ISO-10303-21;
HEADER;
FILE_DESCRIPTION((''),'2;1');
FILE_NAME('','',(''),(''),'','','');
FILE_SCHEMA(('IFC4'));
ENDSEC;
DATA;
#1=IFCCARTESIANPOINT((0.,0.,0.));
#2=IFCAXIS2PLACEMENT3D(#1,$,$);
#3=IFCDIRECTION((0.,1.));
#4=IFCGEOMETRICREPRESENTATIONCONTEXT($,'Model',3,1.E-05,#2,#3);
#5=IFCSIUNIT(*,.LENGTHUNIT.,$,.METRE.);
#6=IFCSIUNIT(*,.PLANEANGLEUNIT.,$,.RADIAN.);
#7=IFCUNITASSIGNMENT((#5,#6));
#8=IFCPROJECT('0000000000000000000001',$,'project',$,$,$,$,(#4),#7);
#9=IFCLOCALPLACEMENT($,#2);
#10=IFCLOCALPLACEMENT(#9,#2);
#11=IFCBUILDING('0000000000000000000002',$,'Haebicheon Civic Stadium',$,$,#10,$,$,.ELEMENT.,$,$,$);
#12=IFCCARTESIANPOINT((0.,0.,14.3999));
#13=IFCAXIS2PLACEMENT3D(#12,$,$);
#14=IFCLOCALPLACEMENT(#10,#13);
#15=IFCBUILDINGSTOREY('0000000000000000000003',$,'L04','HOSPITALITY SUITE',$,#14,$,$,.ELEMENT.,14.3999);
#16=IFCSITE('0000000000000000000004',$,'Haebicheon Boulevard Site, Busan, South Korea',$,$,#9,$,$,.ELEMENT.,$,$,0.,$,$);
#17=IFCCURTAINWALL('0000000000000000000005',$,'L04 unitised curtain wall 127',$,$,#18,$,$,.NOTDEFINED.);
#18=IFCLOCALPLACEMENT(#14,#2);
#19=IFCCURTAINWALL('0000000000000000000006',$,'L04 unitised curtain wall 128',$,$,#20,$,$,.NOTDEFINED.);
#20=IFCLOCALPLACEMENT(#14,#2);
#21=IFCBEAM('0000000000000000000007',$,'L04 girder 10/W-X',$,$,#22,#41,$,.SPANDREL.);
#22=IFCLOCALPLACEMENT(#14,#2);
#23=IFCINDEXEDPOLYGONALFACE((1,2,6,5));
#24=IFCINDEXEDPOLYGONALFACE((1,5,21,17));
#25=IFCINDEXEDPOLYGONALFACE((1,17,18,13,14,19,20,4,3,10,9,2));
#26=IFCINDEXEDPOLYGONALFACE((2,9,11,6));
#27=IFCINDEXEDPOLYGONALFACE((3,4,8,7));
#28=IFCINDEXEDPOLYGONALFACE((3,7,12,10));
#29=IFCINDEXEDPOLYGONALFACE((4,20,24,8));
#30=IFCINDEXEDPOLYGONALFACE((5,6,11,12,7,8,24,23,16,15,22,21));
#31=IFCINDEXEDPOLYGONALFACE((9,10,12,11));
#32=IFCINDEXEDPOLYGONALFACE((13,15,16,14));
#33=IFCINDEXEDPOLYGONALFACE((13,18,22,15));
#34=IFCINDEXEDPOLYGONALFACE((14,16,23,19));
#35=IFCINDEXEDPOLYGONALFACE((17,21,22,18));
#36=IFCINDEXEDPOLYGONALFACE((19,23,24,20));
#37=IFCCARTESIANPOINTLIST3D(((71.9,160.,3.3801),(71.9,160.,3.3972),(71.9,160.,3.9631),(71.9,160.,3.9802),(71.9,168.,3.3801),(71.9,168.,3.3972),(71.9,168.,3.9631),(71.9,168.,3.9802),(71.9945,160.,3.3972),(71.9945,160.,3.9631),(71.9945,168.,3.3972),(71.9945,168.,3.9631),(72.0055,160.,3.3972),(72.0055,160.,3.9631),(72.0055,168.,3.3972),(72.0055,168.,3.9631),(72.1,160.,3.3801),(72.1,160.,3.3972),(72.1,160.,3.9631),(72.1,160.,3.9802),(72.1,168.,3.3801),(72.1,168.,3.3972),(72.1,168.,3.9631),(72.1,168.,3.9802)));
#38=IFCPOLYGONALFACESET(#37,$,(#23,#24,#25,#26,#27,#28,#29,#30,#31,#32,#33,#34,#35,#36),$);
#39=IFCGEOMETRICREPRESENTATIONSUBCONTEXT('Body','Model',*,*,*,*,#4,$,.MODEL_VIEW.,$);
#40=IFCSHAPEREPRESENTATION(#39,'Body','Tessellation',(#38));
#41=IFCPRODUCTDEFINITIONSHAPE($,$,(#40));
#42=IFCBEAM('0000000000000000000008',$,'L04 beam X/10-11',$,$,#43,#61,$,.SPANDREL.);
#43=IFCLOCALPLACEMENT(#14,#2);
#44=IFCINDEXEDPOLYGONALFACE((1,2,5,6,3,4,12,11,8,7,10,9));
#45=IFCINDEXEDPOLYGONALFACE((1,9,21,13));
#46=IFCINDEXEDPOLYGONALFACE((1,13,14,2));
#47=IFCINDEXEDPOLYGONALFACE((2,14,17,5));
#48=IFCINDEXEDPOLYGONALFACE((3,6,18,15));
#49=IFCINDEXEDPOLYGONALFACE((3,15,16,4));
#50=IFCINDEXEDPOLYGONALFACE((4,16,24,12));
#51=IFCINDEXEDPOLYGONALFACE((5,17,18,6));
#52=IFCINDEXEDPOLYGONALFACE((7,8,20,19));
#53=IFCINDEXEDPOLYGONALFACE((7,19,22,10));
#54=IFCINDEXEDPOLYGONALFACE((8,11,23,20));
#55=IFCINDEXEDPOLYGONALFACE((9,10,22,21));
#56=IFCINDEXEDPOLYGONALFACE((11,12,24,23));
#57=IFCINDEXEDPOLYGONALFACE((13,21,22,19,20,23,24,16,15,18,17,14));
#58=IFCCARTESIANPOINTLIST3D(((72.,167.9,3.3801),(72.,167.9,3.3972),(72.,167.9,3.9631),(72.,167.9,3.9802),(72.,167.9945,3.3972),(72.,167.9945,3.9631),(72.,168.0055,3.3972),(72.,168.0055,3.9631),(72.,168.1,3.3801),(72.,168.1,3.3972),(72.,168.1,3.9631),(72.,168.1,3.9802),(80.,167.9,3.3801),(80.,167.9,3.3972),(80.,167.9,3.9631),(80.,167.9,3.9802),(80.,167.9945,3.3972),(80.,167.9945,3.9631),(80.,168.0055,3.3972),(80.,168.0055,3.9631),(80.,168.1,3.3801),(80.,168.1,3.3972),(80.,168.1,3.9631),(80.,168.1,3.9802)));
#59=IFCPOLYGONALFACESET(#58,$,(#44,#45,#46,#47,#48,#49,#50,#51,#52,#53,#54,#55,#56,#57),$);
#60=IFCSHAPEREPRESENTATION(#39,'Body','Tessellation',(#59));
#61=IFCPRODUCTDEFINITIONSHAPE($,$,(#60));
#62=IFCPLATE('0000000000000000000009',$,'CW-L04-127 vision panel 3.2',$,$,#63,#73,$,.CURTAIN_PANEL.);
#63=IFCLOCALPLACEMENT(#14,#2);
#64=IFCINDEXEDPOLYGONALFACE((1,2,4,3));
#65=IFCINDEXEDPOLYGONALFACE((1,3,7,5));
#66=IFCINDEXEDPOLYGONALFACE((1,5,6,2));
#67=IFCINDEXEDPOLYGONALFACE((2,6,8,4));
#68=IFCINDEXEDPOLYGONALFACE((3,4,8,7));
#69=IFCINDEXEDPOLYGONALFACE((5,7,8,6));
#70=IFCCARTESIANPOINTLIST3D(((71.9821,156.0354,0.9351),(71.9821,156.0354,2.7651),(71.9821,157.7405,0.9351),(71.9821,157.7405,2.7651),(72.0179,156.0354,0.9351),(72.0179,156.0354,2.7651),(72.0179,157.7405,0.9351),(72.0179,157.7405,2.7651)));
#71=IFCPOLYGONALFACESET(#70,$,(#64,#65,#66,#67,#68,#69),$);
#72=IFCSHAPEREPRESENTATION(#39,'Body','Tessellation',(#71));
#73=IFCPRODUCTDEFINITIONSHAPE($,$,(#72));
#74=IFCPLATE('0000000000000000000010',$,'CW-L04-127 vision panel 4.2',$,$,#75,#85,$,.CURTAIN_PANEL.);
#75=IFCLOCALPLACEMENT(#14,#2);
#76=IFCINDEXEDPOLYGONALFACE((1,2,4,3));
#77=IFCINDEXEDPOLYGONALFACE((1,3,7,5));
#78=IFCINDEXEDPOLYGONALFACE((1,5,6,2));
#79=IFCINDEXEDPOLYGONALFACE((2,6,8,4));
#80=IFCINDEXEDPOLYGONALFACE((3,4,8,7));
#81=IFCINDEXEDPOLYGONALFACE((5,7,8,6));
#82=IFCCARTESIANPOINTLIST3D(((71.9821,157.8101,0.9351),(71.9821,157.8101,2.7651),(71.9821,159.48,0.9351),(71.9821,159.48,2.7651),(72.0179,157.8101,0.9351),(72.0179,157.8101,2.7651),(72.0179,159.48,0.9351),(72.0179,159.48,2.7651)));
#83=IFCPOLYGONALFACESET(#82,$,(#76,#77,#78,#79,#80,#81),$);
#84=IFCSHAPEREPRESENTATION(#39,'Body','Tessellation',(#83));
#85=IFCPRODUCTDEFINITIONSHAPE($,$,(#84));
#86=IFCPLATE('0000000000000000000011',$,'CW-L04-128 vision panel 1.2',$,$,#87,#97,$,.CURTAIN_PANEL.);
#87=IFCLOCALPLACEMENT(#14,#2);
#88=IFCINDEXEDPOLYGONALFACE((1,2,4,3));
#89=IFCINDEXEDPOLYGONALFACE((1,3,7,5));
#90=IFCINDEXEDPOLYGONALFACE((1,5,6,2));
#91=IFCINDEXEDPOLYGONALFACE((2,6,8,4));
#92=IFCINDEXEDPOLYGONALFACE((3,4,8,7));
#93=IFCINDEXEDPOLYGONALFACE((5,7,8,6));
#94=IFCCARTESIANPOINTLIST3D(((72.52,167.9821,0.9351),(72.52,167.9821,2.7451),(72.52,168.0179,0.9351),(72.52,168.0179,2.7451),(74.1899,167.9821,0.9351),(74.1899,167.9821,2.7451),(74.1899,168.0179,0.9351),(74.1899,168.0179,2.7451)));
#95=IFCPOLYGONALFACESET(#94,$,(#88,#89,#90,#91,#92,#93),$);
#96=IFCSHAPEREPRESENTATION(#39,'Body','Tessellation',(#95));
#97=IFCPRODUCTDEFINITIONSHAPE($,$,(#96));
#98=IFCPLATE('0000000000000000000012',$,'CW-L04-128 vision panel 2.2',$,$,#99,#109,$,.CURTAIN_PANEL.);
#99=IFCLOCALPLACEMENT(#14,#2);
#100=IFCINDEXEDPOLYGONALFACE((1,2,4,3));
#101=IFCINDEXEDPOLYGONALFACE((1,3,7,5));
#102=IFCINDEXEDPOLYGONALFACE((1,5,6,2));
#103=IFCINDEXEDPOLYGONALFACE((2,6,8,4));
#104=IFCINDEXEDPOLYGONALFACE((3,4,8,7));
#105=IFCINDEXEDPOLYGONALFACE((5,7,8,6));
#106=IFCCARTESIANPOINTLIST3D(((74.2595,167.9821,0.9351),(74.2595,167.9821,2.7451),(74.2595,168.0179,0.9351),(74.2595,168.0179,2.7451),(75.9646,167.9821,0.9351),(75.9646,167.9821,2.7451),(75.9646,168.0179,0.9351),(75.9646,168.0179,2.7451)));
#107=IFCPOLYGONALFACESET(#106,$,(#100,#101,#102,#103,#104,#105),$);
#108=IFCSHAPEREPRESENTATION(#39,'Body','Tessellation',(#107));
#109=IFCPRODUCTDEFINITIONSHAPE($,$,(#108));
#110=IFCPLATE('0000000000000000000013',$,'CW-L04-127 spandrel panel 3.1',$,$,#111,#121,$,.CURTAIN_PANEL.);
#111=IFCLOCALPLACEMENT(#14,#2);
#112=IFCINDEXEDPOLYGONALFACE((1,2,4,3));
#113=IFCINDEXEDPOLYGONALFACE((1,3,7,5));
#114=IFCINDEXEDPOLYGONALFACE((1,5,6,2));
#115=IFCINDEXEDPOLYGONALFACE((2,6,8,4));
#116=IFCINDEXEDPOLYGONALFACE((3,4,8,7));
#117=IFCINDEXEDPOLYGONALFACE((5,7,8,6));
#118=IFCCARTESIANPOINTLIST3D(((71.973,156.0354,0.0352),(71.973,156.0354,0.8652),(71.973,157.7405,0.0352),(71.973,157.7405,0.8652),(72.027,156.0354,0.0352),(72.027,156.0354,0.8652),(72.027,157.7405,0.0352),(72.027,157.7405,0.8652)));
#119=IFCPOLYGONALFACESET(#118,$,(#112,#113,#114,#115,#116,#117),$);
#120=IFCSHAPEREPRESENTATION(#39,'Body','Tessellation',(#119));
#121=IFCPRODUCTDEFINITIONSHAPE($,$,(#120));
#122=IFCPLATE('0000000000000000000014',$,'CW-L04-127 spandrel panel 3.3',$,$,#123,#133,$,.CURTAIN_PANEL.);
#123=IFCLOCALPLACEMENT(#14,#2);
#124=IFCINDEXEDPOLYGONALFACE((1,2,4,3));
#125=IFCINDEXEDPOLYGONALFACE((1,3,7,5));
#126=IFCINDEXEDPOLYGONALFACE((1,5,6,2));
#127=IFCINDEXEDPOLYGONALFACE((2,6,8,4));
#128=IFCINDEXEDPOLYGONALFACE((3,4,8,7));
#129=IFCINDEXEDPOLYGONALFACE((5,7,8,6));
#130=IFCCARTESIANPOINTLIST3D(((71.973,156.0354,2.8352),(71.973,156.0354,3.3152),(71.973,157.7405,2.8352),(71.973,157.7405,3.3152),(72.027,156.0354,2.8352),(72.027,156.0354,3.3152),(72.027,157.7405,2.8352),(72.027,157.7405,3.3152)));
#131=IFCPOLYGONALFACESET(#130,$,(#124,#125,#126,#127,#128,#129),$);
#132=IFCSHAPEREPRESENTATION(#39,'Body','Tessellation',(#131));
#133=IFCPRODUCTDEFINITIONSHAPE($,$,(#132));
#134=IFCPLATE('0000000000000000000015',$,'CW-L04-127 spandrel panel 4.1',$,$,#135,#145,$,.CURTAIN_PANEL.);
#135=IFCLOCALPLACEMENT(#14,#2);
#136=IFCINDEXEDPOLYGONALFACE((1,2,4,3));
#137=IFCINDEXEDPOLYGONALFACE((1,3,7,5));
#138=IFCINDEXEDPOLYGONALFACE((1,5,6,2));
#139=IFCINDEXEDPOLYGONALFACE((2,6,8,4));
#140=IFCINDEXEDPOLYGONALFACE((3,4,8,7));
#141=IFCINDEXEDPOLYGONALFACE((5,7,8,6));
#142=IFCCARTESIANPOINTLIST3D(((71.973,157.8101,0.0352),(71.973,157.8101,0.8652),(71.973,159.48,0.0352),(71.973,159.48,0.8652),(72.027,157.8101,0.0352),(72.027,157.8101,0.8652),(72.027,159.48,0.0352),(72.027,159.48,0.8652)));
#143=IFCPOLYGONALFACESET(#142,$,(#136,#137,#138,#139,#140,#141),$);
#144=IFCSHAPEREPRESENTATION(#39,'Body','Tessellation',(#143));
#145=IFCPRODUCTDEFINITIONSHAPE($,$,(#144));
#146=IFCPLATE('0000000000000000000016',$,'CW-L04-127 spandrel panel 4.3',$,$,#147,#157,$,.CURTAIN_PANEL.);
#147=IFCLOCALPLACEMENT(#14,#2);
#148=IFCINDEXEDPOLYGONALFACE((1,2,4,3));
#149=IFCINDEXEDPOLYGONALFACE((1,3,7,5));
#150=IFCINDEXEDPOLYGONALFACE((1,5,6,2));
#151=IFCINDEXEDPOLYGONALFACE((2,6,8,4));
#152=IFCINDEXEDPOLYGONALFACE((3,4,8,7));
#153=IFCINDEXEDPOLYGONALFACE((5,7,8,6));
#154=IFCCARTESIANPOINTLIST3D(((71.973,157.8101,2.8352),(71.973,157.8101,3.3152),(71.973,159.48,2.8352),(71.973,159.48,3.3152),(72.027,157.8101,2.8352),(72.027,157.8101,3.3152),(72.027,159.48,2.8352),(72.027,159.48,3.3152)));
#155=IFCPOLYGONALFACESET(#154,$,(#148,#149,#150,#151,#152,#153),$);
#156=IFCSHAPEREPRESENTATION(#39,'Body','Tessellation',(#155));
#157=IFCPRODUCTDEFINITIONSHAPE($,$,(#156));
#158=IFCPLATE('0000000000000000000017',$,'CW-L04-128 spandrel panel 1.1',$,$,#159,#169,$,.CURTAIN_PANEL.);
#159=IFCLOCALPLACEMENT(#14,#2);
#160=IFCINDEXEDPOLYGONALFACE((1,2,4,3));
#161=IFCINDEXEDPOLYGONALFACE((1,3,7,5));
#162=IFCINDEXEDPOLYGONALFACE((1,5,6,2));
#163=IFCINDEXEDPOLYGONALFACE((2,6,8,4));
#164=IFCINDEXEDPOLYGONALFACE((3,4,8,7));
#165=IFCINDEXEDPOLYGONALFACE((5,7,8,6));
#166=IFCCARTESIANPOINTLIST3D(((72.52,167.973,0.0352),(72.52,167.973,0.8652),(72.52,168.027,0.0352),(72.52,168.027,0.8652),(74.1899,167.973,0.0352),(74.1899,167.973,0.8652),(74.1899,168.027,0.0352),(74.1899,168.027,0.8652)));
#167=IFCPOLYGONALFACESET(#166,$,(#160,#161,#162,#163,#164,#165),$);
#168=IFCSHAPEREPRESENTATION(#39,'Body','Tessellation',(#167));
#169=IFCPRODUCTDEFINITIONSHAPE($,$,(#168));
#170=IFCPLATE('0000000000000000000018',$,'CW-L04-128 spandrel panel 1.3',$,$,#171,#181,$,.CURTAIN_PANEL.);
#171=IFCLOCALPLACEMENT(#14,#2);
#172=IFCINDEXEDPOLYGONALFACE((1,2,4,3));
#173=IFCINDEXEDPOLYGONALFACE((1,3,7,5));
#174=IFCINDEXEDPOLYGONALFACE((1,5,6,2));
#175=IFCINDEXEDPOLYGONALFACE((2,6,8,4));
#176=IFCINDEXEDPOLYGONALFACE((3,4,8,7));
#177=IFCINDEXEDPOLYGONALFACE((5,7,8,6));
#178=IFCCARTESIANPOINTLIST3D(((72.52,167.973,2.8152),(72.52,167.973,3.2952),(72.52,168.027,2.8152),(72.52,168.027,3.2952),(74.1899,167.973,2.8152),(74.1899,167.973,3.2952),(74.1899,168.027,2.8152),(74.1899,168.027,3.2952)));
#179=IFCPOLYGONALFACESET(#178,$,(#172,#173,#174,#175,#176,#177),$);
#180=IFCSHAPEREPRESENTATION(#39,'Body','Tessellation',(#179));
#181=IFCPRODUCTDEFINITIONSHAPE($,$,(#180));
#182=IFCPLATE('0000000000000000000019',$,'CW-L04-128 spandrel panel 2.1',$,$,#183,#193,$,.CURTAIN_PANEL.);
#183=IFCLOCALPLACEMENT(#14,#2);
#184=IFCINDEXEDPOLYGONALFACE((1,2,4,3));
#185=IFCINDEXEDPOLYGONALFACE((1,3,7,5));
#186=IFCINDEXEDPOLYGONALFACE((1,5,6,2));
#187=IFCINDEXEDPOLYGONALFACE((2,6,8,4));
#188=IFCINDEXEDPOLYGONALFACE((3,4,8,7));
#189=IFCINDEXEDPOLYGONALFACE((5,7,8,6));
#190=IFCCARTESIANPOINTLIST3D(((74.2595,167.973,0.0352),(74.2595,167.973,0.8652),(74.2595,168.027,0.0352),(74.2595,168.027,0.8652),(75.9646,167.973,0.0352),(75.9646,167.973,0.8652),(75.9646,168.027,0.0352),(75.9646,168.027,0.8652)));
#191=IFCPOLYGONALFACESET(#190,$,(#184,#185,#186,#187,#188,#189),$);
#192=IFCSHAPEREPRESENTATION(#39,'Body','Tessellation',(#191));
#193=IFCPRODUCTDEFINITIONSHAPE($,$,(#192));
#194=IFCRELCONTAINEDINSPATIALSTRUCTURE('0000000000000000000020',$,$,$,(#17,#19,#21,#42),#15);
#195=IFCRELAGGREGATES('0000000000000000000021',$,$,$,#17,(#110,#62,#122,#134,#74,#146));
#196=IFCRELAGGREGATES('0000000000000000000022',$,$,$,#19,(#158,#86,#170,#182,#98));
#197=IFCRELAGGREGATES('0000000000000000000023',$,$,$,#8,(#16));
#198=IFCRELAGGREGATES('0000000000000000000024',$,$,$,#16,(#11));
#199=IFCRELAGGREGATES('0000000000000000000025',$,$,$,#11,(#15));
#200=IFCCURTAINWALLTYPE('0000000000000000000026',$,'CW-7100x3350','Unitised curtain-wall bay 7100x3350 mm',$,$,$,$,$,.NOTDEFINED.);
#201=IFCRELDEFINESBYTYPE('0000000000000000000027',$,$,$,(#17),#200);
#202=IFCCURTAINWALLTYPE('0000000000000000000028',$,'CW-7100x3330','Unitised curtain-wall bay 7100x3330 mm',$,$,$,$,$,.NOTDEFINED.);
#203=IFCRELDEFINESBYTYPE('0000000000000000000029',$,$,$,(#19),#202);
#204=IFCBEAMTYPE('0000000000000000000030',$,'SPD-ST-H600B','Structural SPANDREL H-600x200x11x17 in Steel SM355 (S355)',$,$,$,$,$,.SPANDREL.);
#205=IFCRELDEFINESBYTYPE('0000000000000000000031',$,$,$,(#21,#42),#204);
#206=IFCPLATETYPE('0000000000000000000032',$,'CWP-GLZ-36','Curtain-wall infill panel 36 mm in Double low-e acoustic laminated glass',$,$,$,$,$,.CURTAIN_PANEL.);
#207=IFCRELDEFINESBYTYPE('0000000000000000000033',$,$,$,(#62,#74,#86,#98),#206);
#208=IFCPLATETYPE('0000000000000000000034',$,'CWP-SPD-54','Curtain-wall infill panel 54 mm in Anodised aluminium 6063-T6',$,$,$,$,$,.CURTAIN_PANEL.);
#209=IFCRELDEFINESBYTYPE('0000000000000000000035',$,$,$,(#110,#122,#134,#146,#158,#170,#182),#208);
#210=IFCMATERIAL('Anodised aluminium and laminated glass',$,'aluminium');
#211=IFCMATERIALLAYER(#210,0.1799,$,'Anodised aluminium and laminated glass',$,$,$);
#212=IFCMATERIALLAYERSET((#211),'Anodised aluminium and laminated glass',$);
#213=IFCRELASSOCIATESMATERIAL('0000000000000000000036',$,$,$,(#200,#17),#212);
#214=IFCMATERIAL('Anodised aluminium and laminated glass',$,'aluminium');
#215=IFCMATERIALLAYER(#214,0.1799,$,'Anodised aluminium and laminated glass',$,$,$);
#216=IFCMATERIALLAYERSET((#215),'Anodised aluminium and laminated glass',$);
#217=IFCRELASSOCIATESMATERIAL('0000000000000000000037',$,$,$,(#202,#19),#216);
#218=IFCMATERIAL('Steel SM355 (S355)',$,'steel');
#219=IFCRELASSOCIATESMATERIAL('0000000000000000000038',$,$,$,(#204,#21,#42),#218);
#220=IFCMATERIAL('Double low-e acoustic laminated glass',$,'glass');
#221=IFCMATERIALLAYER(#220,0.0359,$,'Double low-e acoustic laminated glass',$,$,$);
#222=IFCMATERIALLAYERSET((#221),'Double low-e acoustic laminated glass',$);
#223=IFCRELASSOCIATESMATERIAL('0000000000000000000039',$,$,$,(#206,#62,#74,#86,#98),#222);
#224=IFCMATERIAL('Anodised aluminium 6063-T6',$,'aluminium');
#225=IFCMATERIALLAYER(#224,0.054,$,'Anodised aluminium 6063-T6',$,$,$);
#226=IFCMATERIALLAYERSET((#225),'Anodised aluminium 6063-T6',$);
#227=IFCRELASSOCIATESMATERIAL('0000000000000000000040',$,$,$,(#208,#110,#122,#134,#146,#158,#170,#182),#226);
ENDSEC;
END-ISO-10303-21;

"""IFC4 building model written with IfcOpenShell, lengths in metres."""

from ifc_helpers import new_model, si_unit, direction, frame, origin, origin_2d, place, context, subcontext, project, spatial, rectangle, i_section, extrude, material, layer, layer_set, material_profile, profile_set, type_object, element, aggregate, save


model = new_model("IFC4")

# Units and contexts
model_context = context("Model", 3, precision=1e-05, world=origin(), true_north=direction((0.0, 1.0)))
body_context = subcontext(model_context, "Body", "Model", "MODEL_VIEW")
ifc_project = project(units=[si_unit("LENGTHUNIT", "METRE"), si_unit("PLANEANGLEUNIT", "RADIAN")], contexts=[model_context])

# Site, building, storey
site_placement = place(None, origin())
site = spatial("IfcSite", under=ifc_project, at=site_placement, Name="Haebicheon Boulevard Site, Busan, South Korea", CompositionType="ELEMENT", RefElevation=0.0)
building_placement = place(site_placement, origin())
building = spatial("IfcBuilding", under=site, at=building_placement, Name="Haebicheon Civic Stadium", CompositionType="ELEMENT")
storey_placement = place(building_placement, frame((0.0, 0.0, 14.3999)))
storey = spatial("IfcBuildingStorey", under=building, at=storey_placement, Name="L04", Description="HOSPITALITY SUITE", CompositionType="ELEMENT", Elevation=14.3999)

# Curtain walls
ifc_material_1 = material(Name="Anodised aluminium and laminated glass", Category="aluminium")
ifc_layer_1 = layer(ifc_material_1, 0.1799, Name="Anodised aluminium and laminated glass")
ifc_layer_set_1 = layer_set([ifc_layer_1], Name="Anodised aluminium and laminated glass")
curtain_wall_type_1 = type_object("IfcCurtainWallType", Name="CW-7100x3350", Description="Unitised curtain-wall bay 7100x3350 mm", PredefinedType="NOTDEFINED", material=ifc_layer_set_1)
curtain_wall_1_placement = place(storey_placement, origin())
curtain_wall_1 = element("IfcCurtainWall", 1, at=curtain_wall_1_placement, inside=storey, type_object=curtain_wall_type_1, material=ifc_layer_set_1, Name="L04 unitised curtain wall 127", PredefinedType="NOTDEFINED")
ifc_material_2 = material(Name="Anodised aluminium and laminated glass", Category="aluminium")
ifc_layer_2 = layer(ifc_material_2, 0.1799, Name="Anodised aluminium and laminated glass")
ifc_layer_set_2 = layer_set([ifc_layer_2], Name="Anodised aluminium and laminated glass")
curtain_wall_type_2 = type_object("IfcCurtainWallType", Name="CW-7100x3330", Description="Unitised curtain-wall bay 7100x3330 mm", PredefinedType="NOTDEFINED", material=ifc_layer_set_2)
curtain_wall_2_placement = place(storey_placement, origin())
curtain_wall_2 = element("IfcCurtainWall", 2, at=curtain_wall_2_placement, inside=storey, type_object=curtain_wall_type_2, material=ifc_layer_set_2, Name="L04 unitised curtain wall 128", PredefinedType="NOTDEFINED")

# Beams
ifc_material_3 = material(Name="Steel SM355 (S355)", Category="steel")
ifc_material_profile_1 = material_profile(ifc_material_3, i_section(OverallWidth=0.2, OverallDepth=0.6001, WebThickness=0.011, FlangeThickness=0.0171, at=origin_2d()), Name="H-600x200x11x17")
ifc_profile_set_1 = profile_set([ifc_material_profile_1], Name="Steel SM355 (S355)")
beam_type_1 = type_object("IfcBeamType", Name="SPD-ST-H600B", Description="Structural SPANDREL H-600x200x11x17 in Steel SM355 (S355)", PredefinedType="SPANDREL", material=ifc_profile_set_1)
for number, where, z_axis, x_axis, name in (
    (3, (72.0, 160.0, 3.6802), (0.0, 1.0, 0.0), (-1.0, 0.0, 0.0), "L04 girder 10/W-X"),
    (4, (72.0, 168.0, 3.6802), (1.0, 0.0, 0.0), (0.0, 1.0, 0.0), "L04 beam X/10-11"),
):
    element("IfcBeam", number, at=place(storey_placement, frame(where, z_axis=z_axis, x_axis=x_axis)), inside=storey, type_object=beam_type_1, material=ifc_profile_set_1, Name=name, PredefinedType="SPANDREL", context=body_context, shape_type="SweptSolid", body=[
        extrude(i_section(OverallWidth=0.2, OverallDepth=0.6001, WebThickness=0.011, FlangeThickness=0.0171, at=origin_2d()), origin(), (0.0, 0.0, 1.0), 8.0),
    ])

# Plates
ifc_material_4 = material(Name="Double low-e acoustic laminated glass", Category="glass")
ifc_layer_3 = layer(ifc_material_4, 0.0359, Name="Double low-e acoustic laminated glass")
ifc_layer_set_3 = layer_set([ifc_layer_3], Name="Double low-e acoustic laminated glass")
plate_type_1 = type_object("IfcPlateType", Name="CWP-GLZ-36", Description="Curtain-wall infill panel 36 mm in Double low-e acoustic laminated glass", PredefinedType="CURTAIN_PANEL", material=ifc_layer_set_3)
plate_1_placement = place(storey_placement, frame((72.0, 156.8879, 0.9351), z_axis=(0.0, 0.0, 1.0), x_axis=(0.0, 1.0, 0.0)))
plate_1 = element("IfcPlate", 5, at=plate_1_placement, type_object=plate_type_1, material=ifc_layer_set_3, Name="CW-L04-127 vision panel 3.2", PredefinedType="CURTAIN_PANEL", context=body_context, shape_type="SweptSolid", body=[
    extrude(rectangle(XDim=1.7051, YDim=0.0359, at=origin_2d()), origin(), (0.0, 0.0, 1.0), 1.8301),
])
plate_2_placement = place(storey_placement, frame((72.0, 158.645, 0.9351), z_axis=(0.0, 0.0, 1.0), x_axis=(0.0, 1.0, 0.0)))
plate_2 = element("IfcPlate", 6, at=plate_2_placement, type_object=plate_type_1, material=ifc_layer_set_3, Name="CW-L04-127 vision panel 4.2", PredefinedType="CURTAIN_PANEL", context=body_context, shape_type="SweptSolid", body=[
    extrude(rectangle(XDim=1.6699, YDim=0.0359, at=origin_2d()), origin(), (0.0, 0.0, 1.0), 1.8301),
])
plate_3_placement = place(storey_placement, frame((73.355, 168.0, 0.9351), z_axis=(0.0, 0.0, 1.0), x_axis=(1.0, 0.0, 0.0)))
plate_3 = element("IfcPlate", 7, at=plate_3_placement, type_object=plate_type_1, material=ifc_layer_set_3, Name="CW-L04-128 vision panel 1.2", PredefinedType="CURTAIN_PANEL", context=body_context, shape_type="SweptSolid", body=[
    extrude(rectangle(XDim=1.6699, YDim=0.0359, at=origin_2d()), origin(), (0.0, 0.0, 1.0), 1.8101),
])
plate_4_placement = place(storey_placement, frame((75.1121, 168.0, 0.9351), z_axis=(0.0, 0.0, 1.0), x_axis=(1.0, 0.0, 0.0)))
plate_4 = element("IfcPlate", 8, at=plate_4_placement, type_object=plate_type_1, material=ifc_layer_set_3, Name="CW-L04-128 vision panel 2.2", PredefinedType="CURTAIN_PANEL", context=body_context, shape_type="SweptSolid", body=[
    extrude(rectangle(XDim=1.7051, YDim=0.0359, at=origin_2d()), origin(), (0.0, 0.0, 1.0), 1.8101),
])
ifc_material_5 = material(Name="Anodised aluminium 6063-T6", Category="aluminium")
ifc_layer_4 = layer(ifc_material_5, 0.054, Name="Anodised aluminium 6063-T6")
ifc_layer_set_4 = layer_set([ifc_layer_4], Name="Anodised aluminium 6063-T6")
plate_type_2 = type_object("IfcPlateType", Name="CWP-SPD-54", Description="Curtain-wall infill panel 54 mm in Anodised aluminium 6063-T6", PredefinedType="CURTAIN_PANEL", material=ifc_layer_set_4)
plate_5_placement = place(storey_placement, frame((72.0, 156.8879, 0.0352), z_axis=(0.0, 0.0, 1.0), x_axis=(0.0, 1.0, 0.0)))
plate_5 = element("IfcPlate", 9, at=plate_5_placement, type_object=plate_type_2, material=ifc_layer_set_4, Name="CW-L04-127 spandrel panel 3.1", PredefinedType="CURTAIN_PANEL", context=body_context, shape_type="SweptSolid", body=[
    extrude(rectangle(XDim=1.7051, YDim=0.054, at=origin_2d()), origin(), (0.0, 0.0, 1.0), 0.8301),
])
plate_6_placement = place(storey_placement, frame((72.0, 156.8879, 2.8352), z_axis=(0.0, 0.0, 1.0), x_axis=(0.0, 1.0, 0.0)))
plate_6 = element("IfcPlate", 10, at=plate_6_placement, type_object=plate_type_2, material=ifc_layer_set_4, Name="CW-L04-127 spandrel panel 3.3", PredefinedType="CURTAIN_PANEL", context=body_context, shape_type="SweptSolid", body=[
    extrude(rectangle(XDim=1.7051, YDim=0.054, at=origin_2d()), origin(), (0.0, 0.0, 1.0), 0.48),
])
plate_7_placement = place(storey_placement, frame((72.0, 158.645, 0.0352), z_axis=(0.0, 0.0, 1.0), x_axis=(0.0, 1.0, 0.0)))
plate_7 = element("IfcPlate", 11, at=plate_7_placement, type_object=plate_type_2, material=ifc_layer_set_4, Name="CW-L04-127 spandrel panel 4.1", PredefinedType="CURTAIN_PANEL", context=body_context, shape_type="SweptSolid", body=[
    extrude(rectangle(XDim=1.6699, YDim=0.054, at=origin_2d()), origin(), (0.0, 0.0, 1.0), 0.8301),
])
plate_8_placement = place(storey_placement, frame((72.0, 158.645, 2.8352), z_axis=(0.0, 0.0, 1.0), x_axis=(0.0, 1.0, 0.0)))
plate_8 = element("IfcPlate", 12, at=plate_8_placement, type_object=plate_type_2, material=ifc_layer_set_4, Name="CW-L04-127 spandrel panel 4.3", PredefinedType="CURTAIN_PANEL", context=body_context, shape_type="SweptSolid", body=[
    extrude(rectangle(XDim=1.6699, YDim=0.054, at=origin_2d()), origin(), (0.0, 0.0, 1.0), 0.48),
])
aggregate(curtain_wall_1, [plate_5, plate_1, plate_6, plate_7, plate_2, plate_8])
plate_9_placement = place(storey_placement, frame((73.355, 168.0, 0.0352), z_axis=(0.0, 0.0, 1.0), x_axis=(1.0, 0.0, 0.0)))
plate_9 = element("IfcPlate", 13, at=plate_9_placement, type_object=plate_type_2, material=ifc_layer_set_4, Name="CW-L04-128 spandrel panel 1.1", PredefinedType="CURTAIN_PANEL", context=body_context, shape_type="SweptSolid", body=[
    extrude(rectangle(XDim=1.6699, YDim=0.054, at=origin_2d()), origin(), (0.0, 0.0, 1.0), 0.8301),
])
plate_10_placement = place(storey_placement, frame((73.355, 168.0, 2.8152), z_axis=(0.0, 0.0, 1.0), x_axis=(1.0, 0.0, 0.0)))
plate_10 = element("IfcPlate", 14, at=plate_10_placement, type_object=plate_type_2, material=ifc_layer_set_4, Name="CW-L04-128 spandrel panel 1.3", PredefinedType="CURTAIN_PANEL", context=body_context, shape_type="SweptSolid", body=[
    extrude(rectangle(XDim=1.6699, YDim=0.054, at=origin_2d()), origin(), (0.0, 0.0, 1.0), 0.48),
])
plate_11_placement = place(storey_placement, frame((75.1121, 168.0, 0.0352), z_axis=(0.0, 0.0, 1.0), x_axis=(1.0, 0.0, 0.0)))
plate_11 = element("IfcPlate", 15, at=plate_11_placement, type_object=plate_type_2, material=ifc_layer_set_4, Name="CW-L04-128 spandrel panel 2.1", PredefinedType="CURTAIN_PANEL", context=body_context, shape_type="SweptSolid", body=[
    extrude(rectangle(XDim=1.7051, YDim=0.054, at=origin_2d()), origin(), (0.0, 0.0, 1.0), 0.8301),
])
aggregate(curtain_wall_2, [plate_9, plate_3, plate_10, plate_11, plate_4])

save(model, "model.ifc")
